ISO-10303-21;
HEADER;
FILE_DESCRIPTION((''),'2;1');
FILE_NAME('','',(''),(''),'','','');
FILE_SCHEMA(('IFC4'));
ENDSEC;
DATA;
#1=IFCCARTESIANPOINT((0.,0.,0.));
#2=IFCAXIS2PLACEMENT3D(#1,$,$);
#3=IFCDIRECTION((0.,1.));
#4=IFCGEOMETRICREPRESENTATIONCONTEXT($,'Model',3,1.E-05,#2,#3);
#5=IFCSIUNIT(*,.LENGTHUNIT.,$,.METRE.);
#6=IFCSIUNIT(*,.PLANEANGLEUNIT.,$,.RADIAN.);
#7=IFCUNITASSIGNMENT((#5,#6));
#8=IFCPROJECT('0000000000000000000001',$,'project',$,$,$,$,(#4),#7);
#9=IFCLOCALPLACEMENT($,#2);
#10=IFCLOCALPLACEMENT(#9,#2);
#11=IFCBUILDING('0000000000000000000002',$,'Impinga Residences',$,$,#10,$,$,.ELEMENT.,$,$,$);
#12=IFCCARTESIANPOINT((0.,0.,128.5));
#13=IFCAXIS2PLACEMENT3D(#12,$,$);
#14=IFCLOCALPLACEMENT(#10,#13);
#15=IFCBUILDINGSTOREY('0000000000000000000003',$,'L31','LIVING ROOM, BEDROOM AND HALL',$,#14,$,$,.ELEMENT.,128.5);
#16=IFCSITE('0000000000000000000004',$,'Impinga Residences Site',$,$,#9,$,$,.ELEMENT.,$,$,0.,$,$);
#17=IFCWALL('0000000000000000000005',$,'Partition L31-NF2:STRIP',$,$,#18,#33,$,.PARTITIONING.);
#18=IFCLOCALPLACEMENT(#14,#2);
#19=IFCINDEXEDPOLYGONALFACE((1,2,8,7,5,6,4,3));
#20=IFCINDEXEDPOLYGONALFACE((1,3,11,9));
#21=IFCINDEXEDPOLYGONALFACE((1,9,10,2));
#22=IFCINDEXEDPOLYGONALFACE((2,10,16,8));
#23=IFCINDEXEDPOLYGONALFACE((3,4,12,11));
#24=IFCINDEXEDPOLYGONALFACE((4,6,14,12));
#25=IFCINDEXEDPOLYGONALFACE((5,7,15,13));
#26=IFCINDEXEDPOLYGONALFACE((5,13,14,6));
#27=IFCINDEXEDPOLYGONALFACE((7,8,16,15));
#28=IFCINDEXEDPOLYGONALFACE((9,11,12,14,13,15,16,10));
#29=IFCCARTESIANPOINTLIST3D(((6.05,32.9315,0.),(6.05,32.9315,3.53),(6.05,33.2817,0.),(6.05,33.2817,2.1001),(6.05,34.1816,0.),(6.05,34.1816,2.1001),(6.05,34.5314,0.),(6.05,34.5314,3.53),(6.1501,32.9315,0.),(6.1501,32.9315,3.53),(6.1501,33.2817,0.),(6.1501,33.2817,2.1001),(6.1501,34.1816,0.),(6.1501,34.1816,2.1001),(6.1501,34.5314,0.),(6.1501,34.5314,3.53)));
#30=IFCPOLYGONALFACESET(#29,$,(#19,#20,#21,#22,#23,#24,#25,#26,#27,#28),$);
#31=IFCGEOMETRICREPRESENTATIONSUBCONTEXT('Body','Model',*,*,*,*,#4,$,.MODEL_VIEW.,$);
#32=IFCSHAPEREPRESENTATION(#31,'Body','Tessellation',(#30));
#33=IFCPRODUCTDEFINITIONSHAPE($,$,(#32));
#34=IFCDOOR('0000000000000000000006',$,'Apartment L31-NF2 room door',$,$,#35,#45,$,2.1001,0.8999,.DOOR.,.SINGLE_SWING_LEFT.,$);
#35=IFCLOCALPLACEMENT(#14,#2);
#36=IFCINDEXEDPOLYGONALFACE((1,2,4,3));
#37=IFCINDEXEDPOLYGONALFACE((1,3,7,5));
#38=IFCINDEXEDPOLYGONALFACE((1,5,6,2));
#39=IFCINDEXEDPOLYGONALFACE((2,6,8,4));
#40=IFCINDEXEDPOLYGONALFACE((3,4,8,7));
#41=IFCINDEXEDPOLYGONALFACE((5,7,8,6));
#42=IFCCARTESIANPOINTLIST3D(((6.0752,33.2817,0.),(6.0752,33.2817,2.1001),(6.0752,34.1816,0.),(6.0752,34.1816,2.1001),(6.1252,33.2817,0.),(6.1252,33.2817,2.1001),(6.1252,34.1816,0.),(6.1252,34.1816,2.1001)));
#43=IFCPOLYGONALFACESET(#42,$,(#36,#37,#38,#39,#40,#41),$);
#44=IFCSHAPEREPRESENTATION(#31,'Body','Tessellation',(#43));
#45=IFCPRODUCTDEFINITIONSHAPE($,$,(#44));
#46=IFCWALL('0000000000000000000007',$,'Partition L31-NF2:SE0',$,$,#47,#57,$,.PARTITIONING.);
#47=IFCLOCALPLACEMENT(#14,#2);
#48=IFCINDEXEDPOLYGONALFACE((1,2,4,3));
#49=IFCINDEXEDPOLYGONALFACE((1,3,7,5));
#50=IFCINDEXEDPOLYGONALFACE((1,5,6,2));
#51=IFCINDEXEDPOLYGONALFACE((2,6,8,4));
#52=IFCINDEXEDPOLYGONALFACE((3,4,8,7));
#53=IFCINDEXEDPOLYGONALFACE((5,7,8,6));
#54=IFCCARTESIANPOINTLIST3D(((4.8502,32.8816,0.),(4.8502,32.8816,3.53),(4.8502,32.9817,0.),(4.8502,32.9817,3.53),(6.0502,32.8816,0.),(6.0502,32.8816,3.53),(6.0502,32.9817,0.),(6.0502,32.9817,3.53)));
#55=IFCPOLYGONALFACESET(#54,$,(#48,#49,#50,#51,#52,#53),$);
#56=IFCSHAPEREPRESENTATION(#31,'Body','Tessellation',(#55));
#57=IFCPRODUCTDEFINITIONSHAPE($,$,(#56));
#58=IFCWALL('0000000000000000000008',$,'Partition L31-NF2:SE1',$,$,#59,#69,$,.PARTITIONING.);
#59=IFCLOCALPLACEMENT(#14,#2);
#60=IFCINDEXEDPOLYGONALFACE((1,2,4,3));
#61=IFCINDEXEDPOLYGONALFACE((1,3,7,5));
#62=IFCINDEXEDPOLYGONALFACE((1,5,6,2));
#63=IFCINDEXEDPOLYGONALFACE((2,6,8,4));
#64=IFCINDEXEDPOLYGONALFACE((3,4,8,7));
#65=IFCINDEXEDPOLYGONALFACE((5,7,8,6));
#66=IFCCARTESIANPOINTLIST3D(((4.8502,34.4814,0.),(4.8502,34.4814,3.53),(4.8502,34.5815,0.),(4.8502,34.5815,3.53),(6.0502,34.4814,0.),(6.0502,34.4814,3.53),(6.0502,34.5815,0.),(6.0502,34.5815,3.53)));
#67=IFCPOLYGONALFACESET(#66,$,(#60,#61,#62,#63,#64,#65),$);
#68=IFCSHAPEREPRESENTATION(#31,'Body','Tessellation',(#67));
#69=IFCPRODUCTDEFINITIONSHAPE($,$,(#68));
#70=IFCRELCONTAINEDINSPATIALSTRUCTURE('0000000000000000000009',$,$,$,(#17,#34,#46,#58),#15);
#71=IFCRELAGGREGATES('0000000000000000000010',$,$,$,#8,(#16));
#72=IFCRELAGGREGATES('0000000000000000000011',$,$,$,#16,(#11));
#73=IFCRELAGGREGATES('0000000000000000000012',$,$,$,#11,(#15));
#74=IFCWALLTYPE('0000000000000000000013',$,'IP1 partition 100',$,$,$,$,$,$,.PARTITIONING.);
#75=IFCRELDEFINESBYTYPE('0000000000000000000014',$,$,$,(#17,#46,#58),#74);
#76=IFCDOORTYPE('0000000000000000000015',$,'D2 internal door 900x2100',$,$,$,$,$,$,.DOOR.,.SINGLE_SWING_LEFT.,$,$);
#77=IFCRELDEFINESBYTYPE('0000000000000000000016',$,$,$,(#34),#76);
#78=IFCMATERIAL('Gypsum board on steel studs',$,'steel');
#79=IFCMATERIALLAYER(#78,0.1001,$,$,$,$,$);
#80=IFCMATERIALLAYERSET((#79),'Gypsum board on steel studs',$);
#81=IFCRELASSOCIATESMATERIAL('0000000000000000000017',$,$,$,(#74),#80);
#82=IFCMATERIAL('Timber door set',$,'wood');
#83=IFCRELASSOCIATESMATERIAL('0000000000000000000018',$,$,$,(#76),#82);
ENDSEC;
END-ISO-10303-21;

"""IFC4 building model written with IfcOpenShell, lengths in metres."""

from ifc_helpers import new_model, si_unit, direction, frame, frame_2d, origin, place, context, subcontext, project, spatial, rectangle, extrude, material, layer, layer_set, type_object, element, fill, save


model = new_model("IFC4")

# Units and contexts
model_context = context("Model", 3, precision=1e-05, world=origin(), true_north=direction((0.0, 1.0)))
body_context = subcontext(model_context, "Body", "Model", "MODEL_VIEW")
ifc_project = project(units=[si_unit("LENGTHUNIT", "METRE"), si_unit("PLANEANGLEUNIT", "RADIAN")], contexts=[model_context])

# Site, building, storey
site_placement = place(None, origin())
site = spatial("IfcSite", under=ifc_project, at=site_placement, Name="Impinga Residences Site", CompositionType="ELEMENT", RefElevation=0.0)
building_placement = place(site_placement, origin())
building = spatial("IfcBuilding", under=site, at=building_placement, Name="Impinga Residences", CompositionType="ELEMENT")
storey_placement = place(building_placement, frame((0.0, 0.0, 128.5)))
storey = spatial("IfcBuildingStorey", under=building, at=storey_placement, Name="L31", Description="LIVING ROOM, BEDROOM AND HALL", CompositionType="ELEMENT", Elevation=128.5)

# Shared definitions
ifc_material_1 = material(Name="Gypsum board on steel studs", Category="steel")
ifc_layer_1 = layer(ifc_material_1, 0.1001)
ifc_layer_set_1 = layer_set([ifc_layer_1], Name="Gypsum board on steel studs")
wall_type_1 = type_object("IfcWallType", Name="IP1 partition 100", PredefinedType="PARTITIONING", material=ifc_layer_set_1)

# Wall, opening, door
wall_1_placement = place(storey_placement, frame((6.1001, 32.9316, 0.0), z_axis=(0.0, 0.0, 1.0), x_axis=(0.0, 1.0, 0.0)))
wall_1 = element("IfcWall", 1, at=wall_1_placement, inside=storey, type_object=wall_type_1, Name="Partition L31-NF2:STRIP", PredefinedType="PARTITIONING", context=body_context, shape_type="SweptSolid", body=[
    extrude(rectangle(XDim=1.5999, YDim=0.1001, at=frame_2d((0.7998, 0.0))), origin(), (0.0, 0.0, 1.0), 3.53),
])
opening_1_placement = place(wall_1_placement, frame((0.3501, 0.0, 0.0)))
opening_1 = element("IfcOpeningElement", 2, at=opening_1_placement, cuts=wall_1, PredefinedType="OPENING", context=body_context, shape_type="SweptSolid", body=[
    extrude(rectangle(XDim=0.8999, YDim=2.1001, at=frame_2d((0.45, 1.05))), frame((0.0, 0.0601, 0.0), z_axis=(0.0, -1.0, 0.0), x_axis=(1.0, 0.0, 0.0)), (0.0, 0.0, 1.0), 0.1201),
])
ifc_material_2 = material(Name="Timber door set", Category="wood")
door_type = type_object("IfcDoorType", Name="D2 internal door 900x2100", OperationType="SINGLE_SWING_LEFT", PredefinedType="DOOR", material=ifc_material_2)
door_placement = place(opening_1_placement, origin())
door = element("IfcDoor", 3, at=door_placement, inside=storey, type_object=door_type, Name="Apartment L31-NF2 room door", OperationType="SINGLE_SWING_LEFT", OverallHeight=2.1001, OverallWidth=0.8999, PredefinedType="DOOR", context=body_context, shape_type="SweptSolid", body=[
    extrude(rectangle(XDim=0.8999, YDim=2.1001, at=frame_2d((0.45, 1.05))), frame((0.0, 0.0249, 0.0), z_axis=(0.0, -1.0, 0.0), x_axis=(1.0, 0.0, 0.0)), (0.0, 0.0, 1.0), 0.05),
])
fill(opening_1, door)

# Walls
for number, where, z_axis, x_axis, name in (
    (4, (4.8501, 32.9316, 0.0), (0.0, 0.0, 1.0), (1.0, 0.0, 0.0), "Partition L31-NF2:SE0"),
    (5, (4.8501, 34.5315, 0.0), (0.0, 0.0, 1.0), (1.0, 0.0, 0.0), "Partition L31-NF2:SE1"),
):
    element("IfcWall", number, at=place(storey_placement, frame(where, z_axis=z_axis, x_axis=x_axis)), inside=storey, type_object=wall_type_1, Name=name, PredefinedType="PARTITIONING", context=body_context, shape_type="SweptSolid", body=[
        extrude(rectangle(XDim=1.2, YDim=0.1001, at=frame_2d((0.6001, 0.0))), origin(), (0.0, 0.0, 1.0), 3.53),
    ])

save(model, "model.ifc")
